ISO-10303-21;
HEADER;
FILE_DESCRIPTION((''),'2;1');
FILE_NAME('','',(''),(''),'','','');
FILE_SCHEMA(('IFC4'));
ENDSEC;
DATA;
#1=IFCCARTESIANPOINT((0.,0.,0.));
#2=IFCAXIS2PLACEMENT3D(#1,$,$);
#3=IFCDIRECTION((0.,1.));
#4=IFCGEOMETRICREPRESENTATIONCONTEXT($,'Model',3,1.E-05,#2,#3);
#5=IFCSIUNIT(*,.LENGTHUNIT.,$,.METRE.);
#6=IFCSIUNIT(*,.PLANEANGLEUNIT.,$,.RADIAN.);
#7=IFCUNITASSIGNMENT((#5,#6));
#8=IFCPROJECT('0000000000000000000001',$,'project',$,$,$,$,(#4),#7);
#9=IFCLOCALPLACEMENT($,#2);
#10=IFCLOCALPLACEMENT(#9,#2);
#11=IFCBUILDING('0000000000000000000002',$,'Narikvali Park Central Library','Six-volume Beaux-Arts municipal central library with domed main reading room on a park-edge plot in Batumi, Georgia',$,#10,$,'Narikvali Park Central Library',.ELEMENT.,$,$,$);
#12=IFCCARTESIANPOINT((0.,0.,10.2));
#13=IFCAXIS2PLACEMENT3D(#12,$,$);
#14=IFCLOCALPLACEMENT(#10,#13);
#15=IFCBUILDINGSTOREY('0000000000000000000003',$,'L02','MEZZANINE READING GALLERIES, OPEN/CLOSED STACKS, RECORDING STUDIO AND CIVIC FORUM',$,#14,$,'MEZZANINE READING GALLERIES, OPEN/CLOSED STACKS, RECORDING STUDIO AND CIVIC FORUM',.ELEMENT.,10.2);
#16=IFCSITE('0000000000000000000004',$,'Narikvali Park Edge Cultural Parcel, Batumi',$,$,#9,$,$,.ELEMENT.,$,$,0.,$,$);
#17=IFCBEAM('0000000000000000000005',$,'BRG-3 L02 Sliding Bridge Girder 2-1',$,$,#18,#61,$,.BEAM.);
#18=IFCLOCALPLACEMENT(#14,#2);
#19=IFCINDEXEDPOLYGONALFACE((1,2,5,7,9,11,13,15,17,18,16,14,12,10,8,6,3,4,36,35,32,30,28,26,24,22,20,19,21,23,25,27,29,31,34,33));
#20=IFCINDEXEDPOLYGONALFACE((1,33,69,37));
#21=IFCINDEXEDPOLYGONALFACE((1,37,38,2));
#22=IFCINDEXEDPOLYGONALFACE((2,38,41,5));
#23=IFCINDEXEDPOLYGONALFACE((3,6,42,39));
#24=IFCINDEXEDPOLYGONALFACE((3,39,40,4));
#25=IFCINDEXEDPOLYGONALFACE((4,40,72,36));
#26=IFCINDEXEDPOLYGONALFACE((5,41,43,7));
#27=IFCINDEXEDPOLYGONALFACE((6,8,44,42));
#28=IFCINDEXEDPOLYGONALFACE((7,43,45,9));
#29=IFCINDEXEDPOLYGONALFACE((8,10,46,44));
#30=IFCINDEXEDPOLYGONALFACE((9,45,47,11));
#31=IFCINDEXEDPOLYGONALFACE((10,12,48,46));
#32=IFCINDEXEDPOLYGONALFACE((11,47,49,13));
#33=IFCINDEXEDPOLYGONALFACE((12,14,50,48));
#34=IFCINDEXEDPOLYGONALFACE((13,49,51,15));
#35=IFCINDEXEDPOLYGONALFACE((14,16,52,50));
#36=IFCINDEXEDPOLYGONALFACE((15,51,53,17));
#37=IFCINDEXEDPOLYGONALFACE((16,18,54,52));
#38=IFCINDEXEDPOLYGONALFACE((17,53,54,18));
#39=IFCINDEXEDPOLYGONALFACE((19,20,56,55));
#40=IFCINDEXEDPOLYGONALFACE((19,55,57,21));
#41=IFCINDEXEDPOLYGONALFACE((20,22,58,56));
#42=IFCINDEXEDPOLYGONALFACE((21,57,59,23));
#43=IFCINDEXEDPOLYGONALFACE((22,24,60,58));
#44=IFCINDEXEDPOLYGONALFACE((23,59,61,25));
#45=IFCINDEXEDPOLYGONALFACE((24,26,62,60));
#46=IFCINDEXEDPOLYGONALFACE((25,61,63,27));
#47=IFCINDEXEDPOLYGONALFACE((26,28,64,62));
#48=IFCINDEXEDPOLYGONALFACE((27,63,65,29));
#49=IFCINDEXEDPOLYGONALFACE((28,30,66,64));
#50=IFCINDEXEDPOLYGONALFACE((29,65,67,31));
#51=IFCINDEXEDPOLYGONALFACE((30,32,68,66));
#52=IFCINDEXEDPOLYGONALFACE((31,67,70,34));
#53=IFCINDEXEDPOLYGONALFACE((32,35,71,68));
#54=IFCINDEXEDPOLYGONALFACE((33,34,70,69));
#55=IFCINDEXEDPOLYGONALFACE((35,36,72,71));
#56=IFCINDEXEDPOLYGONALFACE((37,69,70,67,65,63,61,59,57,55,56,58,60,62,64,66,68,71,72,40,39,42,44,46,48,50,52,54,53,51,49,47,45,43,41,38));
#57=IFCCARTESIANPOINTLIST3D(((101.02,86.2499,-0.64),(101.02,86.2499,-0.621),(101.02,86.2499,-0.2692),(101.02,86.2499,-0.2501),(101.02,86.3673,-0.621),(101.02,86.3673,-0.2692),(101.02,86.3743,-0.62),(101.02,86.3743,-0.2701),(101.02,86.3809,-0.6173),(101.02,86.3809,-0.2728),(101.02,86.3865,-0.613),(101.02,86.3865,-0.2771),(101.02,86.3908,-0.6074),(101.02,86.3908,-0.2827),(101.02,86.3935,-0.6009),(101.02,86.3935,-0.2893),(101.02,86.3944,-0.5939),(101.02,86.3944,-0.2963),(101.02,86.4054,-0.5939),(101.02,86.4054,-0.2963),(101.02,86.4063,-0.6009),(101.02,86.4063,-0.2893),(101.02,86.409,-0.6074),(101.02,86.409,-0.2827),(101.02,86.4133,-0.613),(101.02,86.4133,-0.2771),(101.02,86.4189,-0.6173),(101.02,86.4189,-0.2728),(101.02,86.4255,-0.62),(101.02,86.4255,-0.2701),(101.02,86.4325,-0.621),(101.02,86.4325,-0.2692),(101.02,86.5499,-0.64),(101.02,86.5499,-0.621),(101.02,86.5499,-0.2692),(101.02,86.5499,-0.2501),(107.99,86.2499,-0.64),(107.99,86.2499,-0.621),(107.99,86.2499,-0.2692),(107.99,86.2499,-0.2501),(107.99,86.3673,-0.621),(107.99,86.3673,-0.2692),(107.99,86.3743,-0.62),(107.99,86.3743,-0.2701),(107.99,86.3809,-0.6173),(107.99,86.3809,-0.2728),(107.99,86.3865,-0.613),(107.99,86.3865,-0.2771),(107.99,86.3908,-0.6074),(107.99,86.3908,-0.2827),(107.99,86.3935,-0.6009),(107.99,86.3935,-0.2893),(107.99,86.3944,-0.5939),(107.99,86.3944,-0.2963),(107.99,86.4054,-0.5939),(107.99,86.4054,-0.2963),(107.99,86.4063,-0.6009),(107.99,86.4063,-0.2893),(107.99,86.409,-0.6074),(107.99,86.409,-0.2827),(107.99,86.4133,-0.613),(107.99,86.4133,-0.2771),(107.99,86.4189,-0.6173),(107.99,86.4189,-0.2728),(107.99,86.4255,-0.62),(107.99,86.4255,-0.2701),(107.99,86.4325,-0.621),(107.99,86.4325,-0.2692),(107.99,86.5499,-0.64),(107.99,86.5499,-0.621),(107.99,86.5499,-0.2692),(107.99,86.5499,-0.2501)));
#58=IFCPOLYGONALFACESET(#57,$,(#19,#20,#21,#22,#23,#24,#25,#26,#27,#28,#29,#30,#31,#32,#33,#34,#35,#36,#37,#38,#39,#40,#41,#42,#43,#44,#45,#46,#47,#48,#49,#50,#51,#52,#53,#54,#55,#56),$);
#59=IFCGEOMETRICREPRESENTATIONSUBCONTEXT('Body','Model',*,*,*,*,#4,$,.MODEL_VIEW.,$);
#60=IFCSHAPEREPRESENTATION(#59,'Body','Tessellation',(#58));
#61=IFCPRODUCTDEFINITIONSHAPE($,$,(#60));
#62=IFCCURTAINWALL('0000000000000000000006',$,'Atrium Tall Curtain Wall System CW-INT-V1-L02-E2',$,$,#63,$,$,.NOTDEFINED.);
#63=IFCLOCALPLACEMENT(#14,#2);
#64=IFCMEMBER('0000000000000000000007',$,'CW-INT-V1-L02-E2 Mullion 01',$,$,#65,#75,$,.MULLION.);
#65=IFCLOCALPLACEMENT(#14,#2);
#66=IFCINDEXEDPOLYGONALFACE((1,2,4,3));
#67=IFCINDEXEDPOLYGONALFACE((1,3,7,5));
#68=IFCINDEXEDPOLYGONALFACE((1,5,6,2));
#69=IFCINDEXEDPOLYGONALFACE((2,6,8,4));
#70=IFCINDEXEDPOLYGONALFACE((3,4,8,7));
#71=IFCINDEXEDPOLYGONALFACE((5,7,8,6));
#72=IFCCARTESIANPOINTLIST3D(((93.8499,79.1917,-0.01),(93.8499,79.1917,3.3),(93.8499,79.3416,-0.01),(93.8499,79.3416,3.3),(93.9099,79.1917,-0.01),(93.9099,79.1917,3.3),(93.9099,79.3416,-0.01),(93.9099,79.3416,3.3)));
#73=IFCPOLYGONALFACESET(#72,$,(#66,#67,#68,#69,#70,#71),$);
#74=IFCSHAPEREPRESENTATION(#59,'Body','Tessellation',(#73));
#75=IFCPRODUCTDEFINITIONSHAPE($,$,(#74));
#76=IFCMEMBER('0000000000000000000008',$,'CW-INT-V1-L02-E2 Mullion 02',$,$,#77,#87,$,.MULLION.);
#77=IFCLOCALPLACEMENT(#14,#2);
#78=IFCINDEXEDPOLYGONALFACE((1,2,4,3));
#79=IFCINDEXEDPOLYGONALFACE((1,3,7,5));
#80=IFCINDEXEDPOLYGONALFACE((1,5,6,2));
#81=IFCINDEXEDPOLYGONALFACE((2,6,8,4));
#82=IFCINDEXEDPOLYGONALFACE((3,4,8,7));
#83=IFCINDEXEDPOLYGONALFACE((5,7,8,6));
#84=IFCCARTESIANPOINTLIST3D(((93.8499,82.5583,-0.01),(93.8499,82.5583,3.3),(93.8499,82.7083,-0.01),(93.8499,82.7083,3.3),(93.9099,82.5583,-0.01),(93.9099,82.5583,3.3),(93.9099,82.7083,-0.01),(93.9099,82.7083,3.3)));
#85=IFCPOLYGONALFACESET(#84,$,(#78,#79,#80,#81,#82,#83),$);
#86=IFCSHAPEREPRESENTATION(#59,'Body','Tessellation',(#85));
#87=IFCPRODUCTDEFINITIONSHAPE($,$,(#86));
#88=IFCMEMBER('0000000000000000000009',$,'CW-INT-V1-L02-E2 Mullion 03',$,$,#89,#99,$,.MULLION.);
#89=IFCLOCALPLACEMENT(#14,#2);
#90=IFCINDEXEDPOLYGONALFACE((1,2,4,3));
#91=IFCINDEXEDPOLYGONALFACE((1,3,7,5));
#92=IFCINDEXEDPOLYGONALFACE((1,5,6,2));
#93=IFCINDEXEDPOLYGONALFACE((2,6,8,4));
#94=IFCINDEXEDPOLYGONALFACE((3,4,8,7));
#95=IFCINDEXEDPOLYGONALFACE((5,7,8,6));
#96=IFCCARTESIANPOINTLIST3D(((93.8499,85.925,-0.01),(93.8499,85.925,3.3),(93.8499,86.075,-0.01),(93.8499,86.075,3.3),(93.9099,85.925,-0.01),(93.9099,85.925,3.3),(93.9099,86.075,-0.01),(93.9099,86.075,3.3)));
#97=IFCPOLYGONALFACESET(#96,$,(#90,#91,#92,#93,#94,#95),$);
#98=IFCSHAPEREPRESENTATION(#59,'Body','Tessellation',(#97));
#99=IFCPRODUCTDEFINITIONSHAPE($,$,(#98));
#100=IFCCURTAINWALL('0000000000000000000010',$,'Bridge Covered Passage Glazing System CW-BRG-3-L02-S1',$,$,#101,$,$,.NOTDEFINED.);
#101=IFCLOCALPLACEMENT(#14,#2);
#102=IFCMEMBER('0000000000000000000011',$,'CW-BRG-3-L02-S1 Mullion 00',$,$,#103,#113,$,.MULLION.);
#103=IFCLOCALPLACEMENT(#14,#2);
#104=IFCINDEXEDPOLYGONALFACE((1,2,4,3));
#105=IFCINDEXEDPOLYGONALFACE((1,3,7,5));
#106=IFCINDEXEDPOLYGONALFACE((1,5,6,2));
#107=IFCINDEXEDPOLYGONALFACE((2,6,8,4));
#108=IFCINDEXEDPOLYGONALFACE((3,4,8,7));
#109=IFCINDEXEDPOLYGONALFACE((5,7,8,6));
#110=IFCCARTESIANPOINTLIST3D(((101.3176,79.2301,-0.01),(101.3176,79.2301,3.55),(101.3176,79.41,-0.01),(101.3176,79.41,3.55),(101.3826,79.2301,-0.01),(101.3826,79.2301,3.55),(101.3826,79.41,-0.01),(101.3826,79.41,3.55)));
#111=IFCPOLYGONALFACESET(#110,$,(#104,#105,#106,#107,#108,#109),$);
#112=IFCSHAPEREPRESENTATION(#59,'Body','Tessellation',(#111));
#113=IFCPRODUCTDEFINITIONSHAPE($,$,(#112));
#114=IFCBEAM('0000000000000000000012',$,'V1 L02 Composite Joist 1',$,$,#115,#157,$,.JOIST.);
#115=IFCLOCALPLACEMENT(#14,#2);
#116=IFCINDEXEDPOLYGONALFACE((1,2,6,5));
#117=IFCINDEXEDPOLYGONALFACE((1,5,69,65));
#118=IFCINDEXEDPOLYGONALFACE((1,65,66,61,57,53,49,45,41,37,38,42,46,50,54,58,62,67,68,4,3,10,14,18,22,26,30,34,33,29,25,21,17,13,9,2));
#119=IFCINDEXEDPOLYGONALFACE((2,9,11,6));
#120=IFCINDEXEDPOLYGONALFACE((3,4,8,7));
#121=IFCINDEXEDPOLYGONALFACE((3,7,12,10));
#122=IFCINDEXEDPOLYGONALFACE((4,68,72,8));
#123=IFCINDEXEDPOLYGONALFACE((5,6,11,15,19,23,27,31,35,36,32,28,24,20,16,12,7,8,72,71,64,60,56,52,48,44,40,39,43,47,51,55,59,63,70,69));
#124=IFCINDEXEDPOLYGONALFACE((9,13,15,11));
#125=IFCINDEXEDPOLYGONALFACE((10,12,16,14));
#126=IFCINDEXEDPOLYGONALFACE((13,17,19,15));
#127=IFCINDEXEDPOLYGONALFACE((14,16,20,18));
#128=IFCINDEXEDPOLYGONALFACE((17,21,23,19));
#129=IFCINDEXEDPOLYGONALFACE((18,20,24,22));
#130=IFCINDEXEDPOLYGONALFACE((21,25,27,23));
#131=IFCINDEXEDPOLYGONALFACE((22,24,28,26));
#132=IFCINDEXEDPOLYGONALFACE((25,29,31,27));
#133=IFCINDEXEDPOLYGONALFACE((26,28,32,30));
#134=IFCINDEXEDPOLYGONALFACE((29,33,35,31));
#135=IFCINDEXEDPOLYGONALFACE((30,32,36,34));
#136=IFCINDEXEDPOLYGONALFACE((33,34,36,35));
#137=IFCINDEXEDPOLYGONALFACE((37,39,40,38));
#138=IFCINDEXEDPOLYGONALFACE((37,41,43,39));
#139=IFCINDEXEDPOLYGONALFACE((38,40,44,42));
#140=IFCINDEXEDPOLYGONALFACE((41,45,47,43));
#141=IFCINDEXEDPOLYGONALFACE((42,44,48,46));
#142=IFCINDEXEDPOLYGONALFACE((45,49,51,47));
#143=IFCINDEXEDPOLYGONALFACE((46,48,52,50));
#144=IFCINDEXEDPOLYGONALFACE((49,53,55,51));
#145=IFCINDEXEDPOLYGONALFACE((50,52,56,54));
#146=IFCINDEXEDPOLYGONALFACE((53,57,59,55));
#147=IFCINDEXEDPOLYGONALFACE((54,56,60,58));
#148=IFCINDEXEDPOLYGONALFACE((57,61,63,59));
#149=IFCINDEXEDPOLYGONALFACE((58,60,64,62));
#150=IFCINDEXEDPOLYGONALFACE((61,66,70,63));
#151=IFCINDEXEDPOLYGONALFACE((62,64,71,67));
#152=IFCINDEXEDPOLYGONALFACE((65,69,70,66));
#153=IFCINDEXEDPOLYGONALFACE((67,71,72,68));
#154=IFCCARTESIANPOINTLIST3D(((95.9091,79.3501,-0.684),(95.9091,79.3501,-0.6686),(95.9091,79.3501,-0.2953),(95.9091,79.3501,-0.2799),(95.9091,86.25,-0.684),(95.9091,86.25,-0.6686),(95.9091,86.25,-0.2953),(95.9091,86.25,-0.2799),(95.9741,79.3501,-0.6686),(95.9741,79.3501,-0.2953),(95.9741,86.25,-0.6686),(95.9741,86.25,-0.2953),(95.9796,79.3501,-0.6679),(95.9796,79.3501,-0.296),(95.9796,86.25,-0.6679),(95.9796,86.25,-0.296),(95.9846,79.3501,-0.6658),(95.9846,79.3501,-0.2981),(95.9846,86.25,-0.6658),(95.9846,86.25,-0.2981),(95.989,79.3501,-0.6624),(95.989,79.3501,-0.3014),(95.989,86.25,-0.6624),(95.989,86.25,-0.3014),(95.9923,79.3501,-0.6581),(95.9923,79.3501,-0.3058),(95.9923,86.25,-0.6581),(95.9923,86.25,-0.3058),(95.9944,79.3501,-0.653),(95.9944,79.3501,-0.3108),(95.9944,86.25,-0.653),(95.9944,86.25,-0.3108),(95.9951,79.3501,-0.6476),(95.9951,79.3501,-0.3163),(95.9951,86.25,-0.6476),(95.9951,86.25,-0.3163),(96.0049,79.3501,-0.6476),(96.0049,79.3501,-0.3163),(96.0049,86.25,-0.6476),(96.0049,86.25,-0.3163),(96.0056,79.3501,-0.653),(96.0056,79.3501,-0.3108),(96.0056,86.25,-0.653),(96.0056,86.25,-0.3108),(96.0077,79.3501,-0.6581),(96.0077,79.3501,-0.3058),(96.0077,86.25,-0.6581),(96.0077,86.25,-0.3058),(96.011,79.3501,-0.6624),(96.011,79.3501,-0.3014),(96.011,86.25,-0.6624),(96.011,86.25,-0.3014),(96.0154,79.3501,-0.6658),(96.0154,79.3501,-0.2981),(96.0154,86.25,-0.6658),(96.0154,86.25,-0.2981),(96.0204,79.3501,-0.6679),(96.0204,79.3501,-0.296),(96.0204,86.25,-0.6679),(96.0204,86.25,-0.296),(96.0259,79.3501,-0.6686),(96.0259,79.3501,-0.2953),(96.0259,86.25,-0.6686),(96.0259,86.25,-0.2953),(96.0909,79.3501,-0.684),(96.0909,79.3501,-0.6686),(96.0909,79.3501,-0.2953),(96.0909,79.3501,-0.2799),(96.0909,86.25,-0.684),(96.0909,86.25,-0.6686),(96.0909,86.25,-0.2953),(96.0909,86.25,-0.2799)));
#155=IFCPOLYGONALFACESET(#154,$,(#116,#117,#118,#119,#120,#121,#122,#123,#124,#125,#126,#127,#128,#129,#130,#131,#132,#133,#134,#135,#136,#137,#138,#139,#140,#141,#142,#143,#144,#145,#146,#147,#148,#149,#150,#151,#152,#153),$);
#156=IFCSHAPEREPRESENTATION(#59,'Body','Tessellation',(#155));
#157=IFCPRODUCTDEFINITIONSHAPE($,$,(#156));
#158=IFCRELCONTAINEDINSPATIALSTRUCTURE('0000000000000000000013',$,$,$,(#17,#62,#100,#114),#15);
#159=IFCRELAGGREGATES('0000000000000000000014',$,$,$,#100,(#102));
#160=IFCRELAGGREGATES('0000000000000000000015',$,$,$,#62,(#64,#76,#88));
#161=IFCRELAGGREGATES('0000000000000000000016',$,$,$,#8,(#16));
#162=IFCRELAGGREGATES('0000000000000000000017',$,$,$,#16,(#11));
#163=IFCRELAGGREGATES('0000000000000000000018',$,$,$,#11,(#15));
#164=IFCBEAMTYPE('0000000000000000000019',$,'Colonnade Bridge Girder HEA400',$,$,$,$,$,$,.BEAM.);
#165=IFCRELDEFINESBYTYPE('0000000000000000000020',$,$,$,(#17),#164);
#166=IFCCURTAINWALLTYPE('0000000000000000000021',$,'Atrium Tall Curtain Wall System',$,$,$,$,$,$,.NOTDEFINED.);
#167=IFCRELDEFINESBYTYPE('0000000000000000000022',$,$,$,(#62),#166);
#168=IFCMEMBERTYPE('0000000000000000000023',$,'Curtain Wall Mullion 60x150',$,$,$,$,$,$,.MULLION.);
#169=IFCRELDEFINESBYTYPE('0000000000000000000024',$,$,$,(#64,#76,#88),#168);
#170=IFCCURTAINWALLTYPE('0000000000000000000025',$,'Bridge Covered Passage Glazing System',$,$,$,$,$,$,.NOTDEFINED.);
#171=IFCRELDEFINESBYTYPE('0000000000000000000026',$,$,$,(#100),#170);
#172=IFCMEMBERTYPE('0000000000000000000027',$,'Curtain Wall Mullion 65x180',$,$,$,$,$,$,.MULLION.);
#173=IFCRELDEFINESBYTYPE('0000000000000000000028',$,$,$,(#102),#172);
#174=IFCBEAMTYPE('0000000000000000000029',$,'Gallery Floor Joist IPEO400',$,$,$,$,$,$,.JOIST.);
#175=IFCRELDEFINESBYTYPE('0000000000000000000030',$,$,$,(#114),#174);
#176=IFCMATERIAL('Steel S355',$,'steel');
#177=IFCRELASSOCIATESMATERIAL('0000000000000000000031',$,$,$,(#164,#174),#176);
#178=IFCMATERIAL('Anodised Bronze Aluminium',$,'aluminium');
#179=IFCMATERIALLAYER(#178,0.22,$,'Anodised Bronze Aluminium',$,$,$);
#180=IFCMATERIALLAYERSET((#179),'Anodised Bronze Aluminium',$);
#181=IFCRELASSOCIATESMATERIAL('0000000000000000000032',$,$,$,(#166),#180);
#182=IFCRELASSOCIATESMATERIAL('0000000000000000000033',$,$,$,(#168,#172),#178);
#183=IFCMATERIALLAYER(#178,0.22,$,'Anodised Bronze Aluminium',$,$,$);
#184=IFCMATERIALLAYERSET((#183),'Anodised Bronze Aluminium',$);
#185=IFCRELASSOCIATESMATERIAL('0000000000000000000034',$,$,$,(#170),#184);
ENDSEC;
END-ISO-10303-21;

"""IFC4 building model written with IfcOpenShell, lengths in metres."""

from ifc_helpers import new_model, si_unit, direction, frame, origin, origin_2d, place, context, subcontext, project, spatial, rectangle, i_section, extrude, material, layer, layer_set, material_profile, profile_set, type_object, element, aggregate, save


model = new_model("IFC4")

# Units and contexts
model_context = context("Model", 3, precision=1e-05, world=origin(), true_north=direction((0.0, 1.0)))
body_context = subcontext(model_context, "Body", "Model", "MODEL_VIEW")
ifc_project = project(units=[si_unit("LENGTHUNIT", "METRE"), si_unit("PLANEANGLEUNIT", "RADIAN")], contexts=[model_context])

# Site, building, storey
site_placement = place(None, origin())
site = spatial("IfcSite", under=ifc_project, at=site_placement, Name="Narikvali Park Edge Cultural Parcel, Batumi", CompositionType="ELEMENT", RefElevation=0.0)
building_placement = place(site_placement, origin())
building = spatial("IfcBuilding", under=site, at=building_placement, Name="Narikvali Park Central Library", Description="Six-volume Beaux-Arts municipal central library with domed main reading room on a park-edge plot in Batumi, Georgia", LongName="Narikvali Park Central Library", CompositionType="ELEMENT")
storey_placement = place(building_placement, frame((0.0, 0.0, 10.2)))
storey = spatial("IfcBuildingStorey", under=building, at=storey_placement, Name="L02", Description="MEZZANINE READING GALLERIES, OPEN/CLOSED STACKS, RECORDING STUDIO AND CIVIC FORUM", LongName="MEZZANINE READING GALLERIES, OPEN/CLOSED STACKS, RECORDING STUDIO AND CIVIC FORUM", CompositionType="ELEMENT", Elevation=10.2)

# Shared definitions
ifc_material_1 = material(Name="Steel S355", Category="steel")

# Beam
ifc_material_profile_1 = material_profile(ifc_material_1, i_section(OverallWidth=0.3, OverallDepth=0.3899, WebThickness=0.011, FlangeThickness=0.019, FilletRadius=0.0271, at=origin_2d()), Name="HEA 400")
ifc_profile_set_1 = profile_set([ifc_material_profile_1], Name="Steel S355")
beam_type_1 = type_object("IfcBeamType", Name="Colonnade Bridge Girder HEA400", PredefinedType="BEAM", material=ifc_profile_set_1)
beam_1_placement = place(storey_placement, frame((101.02, 86.3999, -0.4451), z_axis=(1.0, 0.0, 0.0), x_axis=(0.0, 1.0, 0.0)))
element("IfcBeam", 1, at=beam_1_placement, inside=storey, type_object=beam_type_1, Name="BRG-3 L02 Sliding Bridge Girder 2-1", PredefinedType="BEAM", context=body_context, shape_type="SweptSolid", body=[
    extrude(i_section(OverallWidth=0.3, OverallDepth=0.3899, WebThickness=0.011, FlangeThickness=0.019, FilletRadius=0.0271, at=origin_2d()), origin(), (0.0, 0.0, 1.0), 6.97),
])

# Curtain wall, members
ifc_material_2 = material(Name="Anodised Bronze Aluminium", Category="aluminium")
ifc_layer_1 = layer(ifc_material_2, 0.22, Name="Anodised Bronze Aluminium")
ifc_layer_set_1 = layer_set([ifc_layer_1], Name="Anodised Bronze Aluminium")
curtain_wall_type_1 = type_object("IfcCurtainWallType", Name="Atrium Tall Curtain Wall System", PredefinedType="NOTDEFINED", material=ifc_layer_set_1)
curtain_wall_1_placement = place(storey_placement, origin())
curtain_wall_1 = element("IfcCurtainWall", 2, at=curtain_wall_1_placement, inside=storey, type_object=curtain_wall_type_1, Name="Atrium Tall Curtain Wall System CW-INT-V1-L02-E2", PredefinedType="NOTDEFINED")
ifc_material_profile_2 = material_profile(ifc_material_2, rectangle(XDim=0.0601, YDim=0.1499, at=origin_2d()), Name="CW MULLION 60x150")
ifc_profile_set_2 = profile_set([ifc_material_profile_2], Name="Anodised Bronze Aluminium")
member_type_1 = type_object("IfcMemberType", Name="Curtain Wall Mullion 60x150", PredefinedType="MULLION", material=ifc_profile_set_2)
member_1_placement = place(storey_placement, frame((93.8799, 79.2666, -0.01), z_axis=(0.0, 0.0, 1.0), x_axis=(1.0, 0.0, 0.0)))
member_1 = element("IfcMember", 3, at=member_1_placement, type_object=member_type_1, Name="CW-INT-V1-L02-E2 Mullion 01", PredefinedType="MULLION", context=body_context, shape_type="SweptSolid", body=[
    extrude(rectangle(XDim=0.0601, YDim=0.1499, at=origin_2d()), origin(), (0.0, 0.0, 1.0), 3.3101),
])
member_2_placement = place(storey_placement, frame((93.8799, 82.6333, -0.01), z_axis=(0.0, 0.0, 1.0), x_axis=(1.0, 0.0, 0.0)))
member_2 = element("IfcMember", 4, at=member_2_placement, type_object=member_type_1, Name="CW-INT-V1-L02-E2 Mullion 02", PredefinedType="MULLION", context=body_context, shape_type="SweptSolid", body=[
    extrude(rectangle(XDim=0.0601, YDim=0.1499, at=origin_2d()), origin(), (0.0, 0.0, 1.0), 3.3101),
])
member_3_placement = place(storey_placement, frame((93.8799, 86.0, -0.01), z_axis=(0.0, 0.0, 1.0), x_axis=(1.0, 0.0, 0.0)))
member_3 = element("IfcMember", 5, at=member_3_placement, type_object=member_type_1, Name="CW-INT-V1-L02-E2 Mullion 03", PredefinedType="MULLION", context=body_context, shape_type="SweptSolid", body=[
    extrude(rectangle(XDim=0.0601, YDim=0.1499, at=origin_2d()), origin(), (0.0, 0.0, 1.0), 3.3101),
])

# Curtain wall, member
ifc_layer_2 = layer(ifc_material_2, 0.22, Name="Anodised Bronze Aluminium")
ifc_layer_set_2 = layer_set([ifc_layer_2], Name="Anodised Bronze Aluminium")
curtain_wall_type_2 = type_object("IfcCurtainWallType", Name="Bridge Covered Passage Glazing System", PredefinedType="NOTDEFINED", material=ifc_layer_set_2)
curtain_wall_2_placement = place(storey_placement, origin())
curtain_wall_2 = element("IfcCurtainWall", 6, at=curtain_wall_2_placement, inside=storey, type_object=curtain_wall_type_2, Name="Bridge Covered Passage Glazing System CW-BRG-3-L02-S1", PredefinedType="NOTDEFINED")
ifc_material_profile_3 = material_profile(ifc_material_2, rectangle(XDim=0.0649, YDim=0.1799, at=origin_2d()), Name="CW MULLION 65x180")
ifc_profile_set_3 = profile_set([ifc_material_profile_3], Name="Anodised Bronze Aluminium")
member_type_2 = type_object("IfcMemberType", Name="Curtain Wall Mullion 65x180", PredefinedType="MULLION", material=ifc_profile_set_3)
member_4_placement = place(storey_placement, frame((101.3501, 79.3201, -0.01), z_axis=(0.0, 0.0, 1.0), x_axis=(1.0, 0.0, 0.0)))
member_4 = element("IfcMember", 7, at=member_4_placement, type_object=member_type_2, Name="CW-BRG-3-L02-S1 Mullion 00", PredefinedType="MULLION", context=body_context, shape_type="SweptSolid", body=[
    extrude(rectangle(XDim=0.0649, YDim=0.1799, at=origin_2d()), origin(), (0.0, 0.0, 1.0), 3.5601),
])
aggregate(curtain_wall_2, [member_4])

# Beam
ifc_material_profile_4 = material_profile(ifc_material_1, i_section(OverallWidth=0.1819, OverallDepth=0.4041, WebThickness=0.0098, FlangeThickness=0.0154, FilletRadius=0.021, at=origin_2d()), Name="IPEO 400")
ifc_profile_set_4 = profile_set([ifc_material_profile_4], Name="Steel S355")
beam_type_2 = type_object("IfcBeamType", Name="Gallery Floor Joist IPEO400", PredefinedType="JOIST", material=ifc_profile_set_4)
for number, where, z_axis, x_axis, name in (
    (8, (96.0, 79.3501, -0.4819), (0.0, 1.0, 0.0), (-1.0, 0.0, 0.0), "V1 L02 Composite Joist 1"),
):
    element("IfcBeam", number, at=place(storey_placement, frame(where, z_axis=z_axis, x_axis=x_axis)), inside=storey, type_object=beam_type_2, Name=name, PredefinedType="JOIST", context=body_context, shape_type="SweptSolid", body=[
        extrude(i_section(OverallWidth=0.1819, OverallDepth=0.4041, WebThickness=0.0098, FlangeThickness=0.0154, FilletRadius=0.021, at=origin_2d()), origin(), (0.0, 0.0, 1.0), 6.8999),
    ])

aggregate(curtain_wall_1, [member_1, member_2, member_3])

save(model, "model.ifc")
